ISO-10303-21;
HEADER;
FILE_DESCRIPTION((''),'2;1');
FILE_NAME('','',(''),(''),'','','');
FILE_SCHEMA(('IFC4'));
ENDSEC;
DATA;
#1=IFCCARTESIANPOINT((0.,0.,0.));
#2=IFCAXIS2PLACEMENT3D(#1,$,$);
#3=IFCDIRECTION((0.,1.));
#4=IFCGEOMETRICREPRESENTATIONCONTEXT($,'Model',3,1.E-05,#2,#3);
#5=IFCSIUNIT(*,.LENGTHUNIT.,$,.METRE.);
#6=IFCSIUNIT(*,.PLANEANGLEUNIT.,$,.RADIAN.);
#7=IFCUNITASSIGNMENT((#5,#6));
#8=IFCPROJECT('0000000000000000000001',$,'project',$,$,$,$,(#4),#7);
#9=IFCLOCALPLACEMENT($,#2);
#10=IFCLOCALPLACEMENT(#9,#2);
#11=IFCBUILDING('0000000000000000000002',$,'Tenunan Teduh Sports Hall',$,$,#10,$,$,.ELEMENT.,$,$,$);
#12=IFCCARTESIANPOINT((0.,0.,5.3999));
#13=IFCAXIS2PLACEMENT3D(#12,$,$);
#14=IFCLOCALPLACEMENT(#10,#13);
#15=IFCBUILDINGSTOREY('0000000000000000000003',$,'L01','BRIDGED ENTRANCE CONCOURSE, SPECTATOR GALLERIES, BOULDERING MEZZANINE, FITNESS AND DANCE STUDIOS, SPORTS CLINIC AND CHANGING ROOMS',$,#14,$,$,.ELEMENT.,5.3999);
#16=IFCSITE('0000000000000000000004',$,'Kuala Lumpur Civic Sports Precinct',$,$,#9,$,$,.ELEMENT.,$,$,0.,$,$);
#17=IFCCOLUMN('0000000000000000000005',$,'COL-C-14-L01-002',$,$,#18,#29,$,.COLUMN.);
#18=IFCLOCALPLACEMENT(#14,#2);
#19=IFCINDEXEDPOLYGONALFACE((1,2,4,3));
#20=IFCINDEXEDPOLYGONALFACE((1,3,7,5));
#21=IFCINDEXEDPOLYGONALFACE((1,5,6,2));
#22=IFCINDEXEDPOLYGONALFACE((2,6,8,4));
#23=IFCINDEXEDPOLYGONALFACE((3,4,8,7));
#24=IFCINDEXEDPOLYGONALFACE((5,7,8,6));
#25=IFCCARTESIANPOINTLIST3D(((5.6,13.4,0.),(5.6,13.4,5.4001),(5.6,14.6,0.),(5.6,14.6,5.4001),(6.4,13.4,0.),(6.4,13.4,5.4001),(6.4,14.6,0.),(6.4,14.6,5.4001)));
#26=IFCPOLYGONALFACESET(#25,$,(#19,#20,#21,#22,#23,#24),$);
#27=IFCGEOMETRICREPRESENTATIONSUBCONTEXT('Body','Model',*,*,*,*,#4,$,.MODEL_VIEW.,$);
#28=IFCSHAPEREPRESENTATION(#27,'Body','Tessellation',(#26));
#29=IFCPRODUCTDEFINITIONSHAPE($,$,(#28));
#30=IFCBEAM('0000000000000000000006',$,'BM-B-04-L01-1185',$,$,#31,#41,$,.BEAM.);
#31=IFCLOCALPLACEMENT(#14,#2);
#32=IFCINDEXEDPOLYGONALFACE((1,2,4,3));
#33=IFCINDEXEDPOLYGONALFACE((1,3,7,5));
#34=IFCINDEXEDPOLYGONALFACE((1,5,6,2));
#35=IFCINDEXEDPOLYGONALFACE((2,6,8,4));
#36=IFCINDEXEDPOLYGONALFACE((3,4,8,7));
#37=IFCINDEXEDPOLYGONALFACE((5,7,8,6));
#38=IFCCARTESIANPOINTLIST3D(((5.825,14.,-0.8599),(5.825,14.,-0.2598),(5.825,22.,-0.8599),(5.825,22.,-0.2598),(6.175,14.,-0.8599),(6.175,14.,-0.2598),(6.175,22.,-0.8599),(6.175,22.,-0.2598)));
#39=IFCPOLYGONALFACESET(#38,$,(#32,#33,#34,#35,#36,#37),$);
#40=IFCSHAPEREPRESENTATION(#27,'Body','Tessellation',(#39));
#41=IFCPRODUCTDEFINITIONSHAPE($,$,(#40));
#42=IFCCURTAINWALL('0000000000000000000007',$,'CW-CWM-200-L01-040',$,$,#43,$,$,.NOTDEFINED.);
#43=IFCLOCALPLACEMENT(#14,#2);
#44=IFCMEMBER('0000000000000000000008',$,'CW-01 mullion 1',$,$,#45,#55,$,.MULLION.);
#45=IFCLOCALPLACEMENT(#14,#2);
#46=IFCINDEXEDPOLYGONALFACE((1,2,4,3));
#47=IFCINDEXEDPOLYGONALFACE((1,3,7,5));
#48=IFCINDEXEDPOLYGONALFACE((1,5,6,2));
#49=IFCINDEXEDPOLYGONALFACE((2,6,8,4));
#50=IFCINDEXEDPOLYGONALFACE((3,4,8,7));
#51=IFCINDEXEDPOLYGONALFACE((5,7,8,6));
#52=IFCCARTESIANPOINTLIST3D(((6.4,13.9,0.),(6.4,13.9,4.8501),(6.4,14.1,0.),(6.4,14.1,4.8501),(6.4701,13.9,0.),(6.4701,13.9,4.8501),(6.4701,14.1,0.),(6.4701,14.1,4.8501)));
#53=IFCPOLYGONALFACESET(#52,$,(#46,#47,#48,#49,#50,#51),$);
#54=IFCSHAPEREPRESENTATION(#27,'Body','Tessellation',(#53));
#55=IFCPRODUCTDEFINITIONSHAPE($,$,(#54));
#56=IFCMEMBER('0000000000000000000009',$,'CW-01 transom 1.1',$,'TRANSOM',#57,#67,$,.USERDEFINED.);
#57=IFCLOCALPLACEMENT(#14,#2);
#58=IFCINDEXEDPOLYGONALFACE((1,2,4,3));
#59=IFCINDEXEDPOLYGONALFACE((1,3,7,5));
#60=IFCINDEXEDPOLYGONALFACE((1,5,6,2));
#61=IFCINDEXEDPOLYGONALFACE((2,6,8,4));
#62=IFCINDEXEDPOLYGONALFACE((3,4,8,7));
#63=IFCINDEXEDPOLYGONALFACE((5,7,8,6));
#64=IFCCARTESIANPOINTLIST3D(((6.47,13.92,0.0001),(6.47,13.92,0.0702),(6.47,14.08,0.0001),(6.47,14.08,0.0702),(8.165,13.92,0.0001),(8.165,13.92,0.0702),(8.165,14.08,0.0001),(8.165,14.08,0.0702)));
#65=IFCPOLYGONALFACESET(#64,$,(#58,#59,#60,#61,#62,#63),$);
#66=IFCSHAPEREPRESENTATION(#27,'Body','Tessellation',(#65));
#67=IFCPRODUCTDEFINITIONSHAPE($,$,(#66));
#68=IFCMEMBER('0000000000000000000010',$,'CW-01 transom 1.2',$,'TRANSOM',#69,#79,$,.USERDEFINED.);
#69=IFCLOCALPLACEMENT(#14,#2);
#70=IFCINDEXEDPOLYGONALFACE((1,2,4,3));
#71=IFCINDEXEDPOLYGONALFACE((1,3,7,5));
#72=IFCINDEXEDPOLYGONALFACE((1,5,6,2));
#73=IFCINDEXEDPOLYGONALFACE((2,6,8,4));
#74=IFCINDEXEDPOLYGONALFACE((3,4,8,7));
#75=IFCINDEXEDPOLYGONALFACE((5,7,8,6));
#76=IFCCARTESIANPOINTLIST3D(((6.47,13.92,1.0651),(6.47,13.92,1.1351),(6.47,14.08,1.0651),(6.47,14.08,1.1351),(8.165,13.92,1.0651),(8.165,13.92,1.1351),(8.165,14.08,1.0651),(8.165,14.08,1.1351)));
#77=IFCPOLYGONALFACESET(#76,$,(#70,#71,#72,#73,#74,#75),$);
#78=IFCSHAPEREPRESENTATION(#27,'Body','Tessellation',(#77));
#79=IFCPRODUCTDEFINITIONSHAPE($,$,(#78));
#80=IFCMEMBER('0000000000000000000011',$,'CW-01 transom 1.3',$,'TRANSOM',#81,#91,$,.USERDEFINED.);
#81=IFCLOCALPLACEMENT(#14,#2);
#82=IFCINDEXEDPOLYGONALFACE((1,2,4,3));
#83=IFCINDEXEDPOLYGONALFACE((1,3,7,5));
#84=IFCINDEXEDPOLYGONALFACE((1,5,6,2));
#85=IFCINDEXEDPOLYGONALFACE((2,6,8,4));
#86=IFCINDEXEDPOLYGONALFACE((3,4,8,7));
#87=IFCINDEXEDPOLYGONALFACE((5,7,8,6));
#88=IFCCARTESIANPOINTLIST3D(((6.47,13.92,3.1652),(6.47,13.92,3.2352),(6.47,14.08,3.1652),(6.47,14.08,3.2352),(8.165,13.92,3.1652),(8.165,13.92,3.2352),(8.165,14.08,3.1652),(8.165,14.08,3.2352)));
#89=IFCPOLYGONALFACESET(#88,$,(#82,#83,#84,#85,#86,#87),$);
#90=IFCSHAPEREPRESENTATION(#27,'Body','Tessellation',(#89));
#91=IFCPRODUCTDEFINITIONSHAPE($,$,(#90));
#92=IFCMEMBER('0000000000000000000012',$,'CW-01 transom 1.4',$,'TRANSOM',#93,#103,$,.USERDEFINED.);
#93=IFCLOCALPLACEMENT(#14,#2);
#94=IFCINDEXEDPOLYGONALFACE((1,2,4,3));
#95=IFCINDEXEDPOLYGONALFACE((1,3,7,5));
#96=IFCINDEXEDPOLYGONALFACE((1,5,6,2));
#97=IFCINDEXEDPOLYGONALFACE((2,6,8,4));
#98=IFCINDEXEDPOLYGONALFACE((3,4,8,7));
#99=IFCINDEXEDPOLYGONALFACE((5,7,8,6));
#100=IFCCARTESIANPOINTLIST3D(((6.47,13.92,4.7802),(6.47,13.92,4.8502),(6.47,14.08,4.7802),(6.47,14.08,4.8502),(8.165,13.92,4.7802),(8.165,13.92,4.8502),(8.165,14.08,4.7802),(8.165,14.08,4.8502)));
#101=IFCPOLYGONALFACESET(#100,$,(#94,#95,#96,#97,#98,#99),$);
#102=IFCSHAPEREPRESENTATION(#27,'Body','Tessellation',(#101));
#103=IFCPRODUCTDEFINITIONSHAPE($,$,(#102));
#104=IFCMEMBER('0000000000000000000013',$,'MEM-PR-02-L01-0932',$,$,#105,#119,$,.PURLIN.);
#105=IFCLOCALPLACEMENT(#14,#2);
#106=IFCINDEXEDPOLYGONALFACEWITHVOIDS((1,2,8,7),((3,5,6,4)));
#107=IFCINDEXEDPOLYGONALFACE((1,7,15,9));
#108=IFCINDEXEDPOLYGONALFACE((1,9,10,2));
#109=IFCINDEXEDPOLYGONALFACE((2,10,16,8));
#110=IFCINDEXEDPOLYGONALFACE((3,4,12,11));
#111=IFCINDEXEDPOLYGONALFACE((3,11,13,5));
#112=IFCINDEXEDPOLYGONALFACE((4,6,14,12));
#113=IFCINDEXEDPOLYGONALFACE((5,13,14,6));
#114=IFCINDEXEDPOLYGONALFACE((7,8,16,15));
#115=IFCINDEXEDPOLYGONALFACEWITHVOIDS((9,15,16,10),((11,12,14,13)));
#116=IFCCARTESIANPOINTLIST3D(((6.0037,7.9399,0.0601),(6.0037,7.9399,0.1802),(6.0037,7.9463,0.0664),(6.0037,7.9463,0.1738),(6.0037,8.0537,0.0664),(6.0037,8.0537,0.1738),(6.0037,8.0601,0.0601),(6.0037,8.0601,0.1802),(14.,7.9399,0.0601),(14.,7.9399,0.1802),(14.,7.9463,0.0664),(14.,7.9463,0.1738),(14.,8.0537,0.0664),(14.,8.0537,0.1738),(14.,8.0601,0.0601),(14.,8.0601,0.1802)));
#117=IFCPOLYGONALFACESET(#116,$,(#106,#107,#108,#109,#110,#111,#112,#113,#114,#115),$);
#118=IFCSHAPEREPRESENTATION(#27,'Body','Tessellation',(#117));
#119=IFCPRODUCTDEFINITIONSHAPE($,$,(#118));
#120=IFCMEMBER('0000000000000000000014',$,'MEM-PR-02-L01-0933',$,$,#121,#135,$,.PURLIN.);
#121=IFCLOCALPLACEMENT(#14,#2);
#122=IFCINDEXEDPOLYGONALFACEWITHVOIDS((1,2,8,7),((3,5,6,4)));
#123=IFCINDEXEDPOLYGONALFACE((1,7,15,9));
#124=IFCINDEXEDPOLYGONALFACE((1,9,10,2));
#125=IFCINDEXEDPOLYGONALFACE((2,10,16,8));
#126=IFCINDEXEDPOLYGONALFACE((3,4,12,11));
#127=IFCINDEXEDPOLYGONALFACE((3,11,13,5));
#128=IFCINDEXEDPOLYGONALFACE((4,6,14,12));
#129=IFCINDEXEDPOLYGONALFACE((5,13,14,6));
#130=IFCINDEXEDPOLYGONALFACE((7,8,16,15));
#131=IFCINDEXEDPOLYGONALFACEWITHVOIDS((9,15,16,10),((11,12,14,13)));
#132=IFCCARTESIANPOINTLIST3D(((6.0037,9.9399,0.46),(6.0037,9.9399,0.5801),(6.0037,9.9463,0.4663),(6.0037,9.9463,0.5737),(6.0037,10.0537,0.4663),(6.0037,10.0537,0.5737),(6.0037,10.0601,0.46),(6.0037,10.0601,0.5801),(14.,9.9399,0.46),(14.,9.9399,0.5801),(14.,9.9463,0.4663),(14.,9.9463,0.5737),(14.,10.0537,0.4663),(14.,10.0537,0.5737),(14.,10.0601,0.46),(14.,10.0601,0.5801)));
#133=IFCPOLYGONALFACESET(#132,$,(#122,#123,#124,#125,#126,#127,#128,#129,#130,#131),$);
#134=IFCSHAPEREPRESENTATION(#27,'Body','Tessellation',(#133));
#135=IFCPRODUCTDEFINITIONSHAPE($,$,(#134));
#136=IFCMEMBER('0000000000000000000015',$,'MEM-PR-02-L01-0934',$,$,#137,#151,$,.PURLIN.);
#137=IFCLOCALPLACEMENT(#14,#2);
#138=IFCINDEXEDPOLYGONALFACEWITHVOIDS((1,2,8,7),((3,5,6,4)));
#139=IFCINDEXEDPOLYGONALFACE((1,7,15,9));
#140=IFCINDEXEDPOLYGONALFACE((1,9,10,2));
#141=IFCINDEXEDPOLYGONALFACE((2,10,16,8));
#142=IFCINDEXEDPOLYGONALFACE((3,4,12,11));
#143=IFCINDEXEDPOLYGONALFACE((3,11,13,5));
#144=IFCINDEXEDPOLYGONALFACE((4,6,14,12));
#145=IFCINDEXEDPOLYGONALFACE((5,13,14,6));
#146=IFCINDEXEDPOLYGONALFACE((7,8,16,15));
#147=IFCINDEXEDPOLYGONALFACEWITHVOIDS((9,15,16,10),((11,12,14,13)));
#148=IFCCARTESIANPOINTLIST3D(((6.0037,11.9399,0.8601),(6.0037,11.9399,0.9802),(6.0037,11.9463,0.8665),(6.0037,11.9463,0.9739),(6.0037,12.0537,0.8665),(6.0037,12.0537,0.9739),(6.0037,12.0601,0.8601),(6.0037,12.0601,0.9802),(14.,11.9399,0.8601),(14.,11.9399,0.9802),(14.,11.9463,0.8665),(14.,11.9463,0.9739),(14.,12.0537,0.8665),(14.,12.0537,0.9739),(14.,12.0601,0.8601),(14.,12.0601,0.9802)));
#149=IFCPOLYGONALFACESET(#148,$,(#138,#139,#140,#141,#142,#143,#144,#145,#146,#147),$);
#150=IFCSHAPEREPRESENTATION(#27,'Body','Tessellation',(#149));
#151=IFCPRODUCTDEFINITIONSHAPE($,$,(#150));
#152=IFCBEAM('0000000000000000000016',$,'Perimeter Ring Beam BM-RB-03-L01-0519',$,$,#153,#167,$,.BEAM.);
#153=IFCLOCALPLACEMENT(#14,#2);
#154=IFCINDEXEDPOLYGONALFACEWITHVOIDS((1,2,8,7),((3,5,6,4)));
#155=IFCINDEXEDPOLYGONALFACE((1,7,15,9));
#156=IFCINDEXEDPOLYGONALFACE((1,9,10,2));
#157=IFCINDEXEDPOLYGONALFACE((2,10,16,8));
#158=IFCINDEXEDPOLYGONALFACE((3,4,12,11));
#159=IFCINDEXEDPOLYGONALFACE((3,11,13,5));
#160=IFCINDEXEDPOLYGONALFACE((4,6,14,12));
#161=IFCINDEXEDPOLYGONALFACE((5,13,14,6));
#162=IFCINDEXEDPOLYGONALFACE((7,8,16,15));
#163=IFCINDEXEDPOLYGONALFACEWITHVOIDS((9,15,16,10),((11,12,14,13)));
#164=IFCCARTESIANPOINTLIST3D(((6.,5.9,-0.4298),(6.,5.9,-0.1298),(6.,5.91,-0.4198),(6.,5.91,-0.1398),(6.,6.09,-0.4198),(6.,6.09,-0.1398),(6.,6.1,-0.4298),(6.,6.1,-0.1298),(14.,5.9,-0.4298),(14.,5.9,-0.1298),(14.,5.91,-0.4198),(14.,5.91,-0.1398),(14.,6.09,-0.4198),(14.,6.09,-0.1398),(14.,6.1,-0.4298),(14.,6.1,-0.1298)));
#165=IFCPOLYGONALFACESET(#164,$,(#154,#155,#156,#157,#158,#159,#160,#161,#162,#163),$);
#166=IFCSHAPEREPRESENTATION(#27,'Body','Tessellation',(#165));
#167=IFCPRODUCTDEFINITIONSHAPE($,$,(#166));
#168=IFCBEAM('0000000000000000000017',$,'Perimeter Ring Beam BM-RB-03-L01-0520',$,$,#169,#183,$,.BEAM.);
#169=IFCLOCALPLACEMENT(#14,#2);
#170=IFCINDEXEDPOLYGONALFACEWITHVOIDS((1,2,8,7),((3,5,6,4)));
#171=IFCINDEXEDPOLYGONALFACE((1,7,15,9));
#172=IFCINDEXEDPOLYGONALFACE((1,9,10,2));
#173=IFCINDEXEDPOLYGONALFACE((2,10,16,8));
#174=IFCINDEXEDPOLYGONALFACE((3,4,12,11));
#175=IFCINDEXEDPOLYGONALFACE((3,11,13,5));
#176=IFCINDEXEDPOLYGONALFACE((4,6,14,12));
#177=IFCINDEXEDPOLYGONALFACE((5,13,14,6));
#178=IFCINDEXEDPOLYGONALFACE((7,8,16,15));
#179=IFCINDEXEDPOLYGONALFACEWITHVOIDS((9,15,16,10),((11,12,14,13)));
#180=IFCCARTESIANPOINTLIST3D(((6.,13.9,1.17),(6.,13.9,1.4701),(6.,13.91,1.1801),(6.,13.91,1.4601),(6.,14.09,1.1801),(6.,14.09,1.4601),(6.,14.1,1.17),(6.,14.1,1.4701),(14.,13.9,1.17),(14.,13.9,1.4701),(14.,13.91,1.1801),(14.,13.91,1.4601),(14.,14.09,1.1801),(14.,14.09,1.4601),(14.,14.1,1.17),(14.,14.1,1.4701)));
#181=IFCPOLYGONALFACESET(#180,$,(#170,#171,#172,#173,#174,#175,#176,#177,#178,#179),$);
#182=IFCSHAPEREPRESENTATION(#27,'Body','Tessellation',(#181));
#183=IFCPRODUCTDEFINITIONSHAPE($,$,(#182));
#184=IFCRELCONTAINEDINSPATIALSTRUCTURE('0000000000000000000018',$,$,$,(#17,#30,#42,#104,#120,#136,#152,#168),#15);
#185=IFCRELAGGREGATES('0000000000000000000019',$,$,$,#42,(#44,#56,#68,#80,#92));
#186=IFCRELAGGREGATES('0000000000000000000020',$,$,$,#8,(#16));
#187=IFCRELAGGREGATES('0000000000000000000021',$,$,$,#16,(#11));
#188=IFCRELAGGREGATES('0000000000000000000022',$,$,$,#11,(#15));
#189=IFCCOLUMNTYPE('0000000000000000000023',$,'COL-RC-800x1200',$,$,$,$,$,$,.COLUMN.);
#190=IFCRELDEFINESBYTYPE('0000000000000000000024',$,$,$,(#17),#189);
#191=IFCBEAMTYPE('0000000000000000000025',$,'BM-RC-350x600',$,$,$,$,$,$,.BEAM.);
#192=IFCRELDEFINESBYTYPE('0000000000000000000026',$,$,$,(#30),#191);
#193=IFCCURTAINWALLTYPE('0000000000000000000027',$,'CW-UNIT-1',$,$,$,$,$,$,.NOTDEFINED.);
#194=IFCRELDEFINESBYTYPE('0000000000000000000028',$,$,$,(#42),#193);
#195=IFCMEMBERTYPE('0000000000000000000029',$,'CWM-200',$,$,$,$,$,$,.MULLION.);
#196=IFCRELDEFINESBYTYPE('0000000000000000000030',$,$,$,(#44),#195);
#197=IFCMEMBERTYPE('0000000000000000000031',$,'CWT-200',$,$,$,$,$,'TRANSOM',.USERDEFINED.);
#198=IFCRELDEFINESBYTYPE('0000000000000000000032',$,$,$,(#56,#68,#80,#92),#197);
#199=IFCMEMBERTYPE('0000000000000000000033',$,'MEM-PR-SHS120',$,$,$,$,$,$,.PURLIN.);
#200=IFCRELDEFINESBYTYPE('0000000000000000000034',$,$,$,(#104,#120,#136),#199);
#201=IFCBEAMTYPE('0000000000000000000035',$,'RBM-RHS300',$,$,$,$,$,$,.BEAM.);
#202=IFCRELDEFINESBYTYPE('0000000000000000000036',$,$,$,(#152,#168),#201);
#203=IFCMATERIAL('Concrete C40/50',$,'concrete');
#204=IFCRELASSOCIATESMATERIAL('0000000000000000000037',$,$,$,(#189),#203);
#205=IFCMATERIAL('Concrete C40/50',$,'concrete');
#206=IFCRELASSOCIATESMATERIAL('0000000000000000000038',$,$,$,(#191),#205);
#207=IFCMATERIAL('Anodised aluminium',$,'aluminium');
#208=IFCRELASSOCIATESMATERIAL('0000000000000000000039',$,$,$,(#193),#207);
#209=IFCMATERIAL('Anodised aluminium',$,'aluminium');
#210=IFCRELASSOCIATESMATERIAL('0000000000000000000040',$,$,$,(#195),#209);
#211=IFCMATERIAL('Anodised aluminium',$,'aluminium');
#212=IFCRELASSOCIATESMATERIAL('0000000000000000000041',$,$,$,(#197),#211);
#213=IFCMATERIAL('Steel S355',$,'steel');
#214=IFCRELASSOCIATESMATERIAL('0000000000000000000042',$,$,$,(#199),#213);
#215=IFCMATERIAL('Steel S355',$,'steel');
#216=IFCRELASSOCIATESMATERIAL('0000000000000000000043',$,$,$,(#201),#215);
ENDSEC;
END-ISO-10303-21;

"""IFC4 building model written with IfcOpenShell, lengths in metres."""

from ifc_helpers import new_model, si_unit, direction, frame, origin, origin_2d, place, context, subcontext, project, spatial, rectangle, hollow_rectangle, extrude, material, material_profile, profile_set, type_object, element, aggregate, save


model = new_model("IFC4")

# Units and contexts
model_context = context("Model", 3, precision=1e-05, world=origin(), true_north=direction((0.0, 1.0)))
body_context = subcontext(model_context, "Body", "Model", "MODEL_VIEW")
ifc_project = project(units=[si_unit("LENGTHUNIT", "METRE"), si_unit("PLANEANGLEUNIT", "RADIAN")], contexts=[model_context])

# Site, building, storey
site_placement = place(None, origin())
site = spatial("IfcSite", under=ifc_project, at=site_placement, Name="Kuala Lumpur Civic Sports Precinct", CompositionType="ELEMENT", RefElevation=0.0)
building_placement = place(site_placement, origin())
building = spatial("IfcBuilding", under=site, at=building_placement, Name="Tenunan Teduh Sports Hall", CompositionType="ELEMENT")
storey_placement = place(building_placement, frame((0.0, 0.0, 5.3999)))
storey = spatial("IfcBuildingStorey", under=building, at=storey_placement, Name="L01", Description="BRIDGED ENTRANCE CONCOURSE, SPECTATOR GALLERIES, BOULDERING MEZZANINE, FITNESS AND DANCE STUDIOS, SPORTS CLINIC AND CHANGING ROOMS", CompositionType="ELEMENT", Elevation=5.3999)

# Column
ifc_material_1 = material(Name="Concrete C40/50", Category="concrete")
ifc_material_profile_1 = material_profile(ifc_material_1, rectangle(XDim=0.8, YDim=1.2, at=origin_2d()), Name="RC 800x1200")
ifc_profile_set_1 = profile_set([ifc_material_profile_1], Name="Concrete C40/50")
column_type = type_object("IfcColumnType", Name="COL-RC-800x1200", PredefinedType="COLUMN", material=ifc_profile_set_1)
column_placement = place(storey_placement, frame((6.0, 14.0, 0.0), z_axis=(0.0, 0.0, 1.0), x_axis=(1.0, 0.0, 0.0)))
element("IfcColumn", 1, at=column_placement, inside=storey, type_object=column_type, Name="COL-C-14-L01-002", PredefinedType="COLUMN", context=body_context, shape_type="SweptSolid", body=[
    extrude(rectangle(XDim=0.8, YDim=1.2, at=origin_2d()), origin(), (0.0, 0.0, 1.0), 5.4001),
])

# Beam
ifc_material_2 = material(Name="Concrete C40/50", Category="concrete")
ifc_material_profile_2 = material_profile(ifc_material_2, rectangle(XDim=0.3501, YDim=0.6001, at=origin_2d()), Name="RCB 350x600")
ifc_profile_set_2 = profile_set([ifc_material_profile_2], Name="Concrete C40/50")
beam_type_1 = type_object("IfcBeamType", Name="BM-RC-350x600", PredefinedType="BEAM", material=ifc_profile_set_2)
beam_1_placement = place(storey_placement, frame((6.0, 14.0, -0.5598), z_axis=(0.0, 1.0, 0.0), x_axis=(-1.0, 0.0, 0.0)))
element("IfcBeam", 2, at=beam_1_placement, inside=storey, type_object=beam_type_1, Name="BM-B-04-L01-1185", PredefinedType="BEAM", context=body_context, shape_type="SweptSolid", body=[
    extrude(rectangle(XDim=0.3501, YDim=0.6001, at=origin_2d()), origin(), (0.0, 0.0, 1.0), 8.0),
])

# Curtain wall, members
ifc_material_3 = material(Name="Anodised aluminium", Category="aluminium")
curtain_wall_type = type_object("IfcCurtainWallType", Name="CW-UNIT-1", PredefinedType="NOTDEFINED", material=ifc_material_3)
curtain_wall_placement = place(storey_placement, origin())
curtain_wall = element("IfcCurtainWall", 3, at=curtain_wall_placement, inside=storey, type_object=curtain_wall_type, Name="CW-CWM-200-L01-040", PredefinedType="NOTDEFINED")
ifc_material_4 = material(Name="Anodised aluminium", Category="aluminium")
ifc_material_profile_3 = material_profile(ifc_material_4, rectangle(XDim=0.0701, YDim=0.2, at=origin_2d()), Name="CWM 70x200")
ifc_profile_set_3 = profile_set([ifc_material_profile_3], Name="Anodised aluminium")
member_type_1 = type_object("IfcMemberType", Name="CWM-200", PredefinedType="MULLION", material=ifc_profile_set_3)
member_1_placement = place(storey_placement, frame((6.4351, 14.0, 0.0), z_axis=(0.0, 0.0, 1.0), x_axis=(1.0, 0.0, 0.0)))
member_1 = element("IfcMember", 4, at=member_1_placement, type_object=member_type_1, Name="CW-01 mullion 1", PredefinedType="MULLION", context=body_context, shape_type="SweptSolid", body=[
    extrude(rectangle(XDim=0.0701, YDim=0.2, at=origin_2d()), origin(), (0.0, 0.0, 1.0), 4.8501),
])
ifc_material_5 = material(Name="Anodised aluminium", Category="aluminium")
ifc_material_profile_4 = material_profile(ifc_material_5, rectangle(XDim=0.0701, YDim=0.1599, at=origin_2d()), Name="CWT 70x160")
ifc_profile_set_4 = profile_set([ifc_material_profile_4], Name="Anodised aluminium")
member_type_2 = type_object("IfcMemberType", Name="CWT-200", ElementType="TRANSOM", PredefinedType="USERDEFINED", material=ifc_profile_set_4)
member_2_placement = place(storey_placement, frame((6.47, 14.0, 0.0352), z_axis=(1.0, 0.0, 0.0), x_axis=(0.0, 0.0, 1.0)))
member_2 = element("IfcMember", 5, at=member_2_placement, type_object=member_type_2, Name="CW-01 transom 1.1", ObjectType="TRANSOM", PredefinedType="USERDEFINED", context=body_context, shape_type="SweptSolid", body=[
    extrude(rectangle(XDim=0.0701, YDim=0.1599, at=origin_2d()), origin(), (0.0, 0.0, 1.0), 1.6951),
])
member_3_placement = place(storey_placement, frame((6.47, 14.0, 1.1001), z_axis=(1.0, 0.0, 0.0), x_axis=(0.0, 0.0, 1.0)))
member_3 = element("IfcMember", 6, at=member_3_placement, type_object=member_type_2, Name="CW-01 transom 1.2", ObjectType="TRANSOM", PredefinedType="USERDEFINED", context=body_context, shape_type="SweptSolid", body=[
    extrude(rectangle(XDim=0.0701, YDim=0.1599, at=origin_2d()), origin(), (0.0, 0.0, 1.0), 1.6951),
])
member_4_placement = place(storey_placement, frame((6.47, 14.0, 3.2002), z_axis=(1.0, 0.0, 0.0), x_axis=(0.0, 0.0, 1.0)))
member_4 = element("IfcMember", 7, at=member_4_placement, type_object=member_type_2, Name="CW-01 transom 1.3", ObjectType="TRANSOM", PredefinedType="USERDEFINED", context=body_context, shape_type="SweptSolid", body=[
    extrude(rectangle(XDim=0.0701, YDim=0.1599, at=origin_2d()), origin(), (0.0, 0.0, 1.0), 1.6951),
])
member_5_placement = place(storey_placement, frame((6.47, 14.0, 4.8152), z_axis=(1.0, 0.0, 0.0), x_axis=(0.0, 0.0, 1.0)))
member_5 = element("IfcMember", 8, at=member_5_placement, type_object=member_type_2, Name="CW-01 transom 1.4", ObjectType="TRANSOM", PredefinedType="USERDEFINED", context=body_context, shape_type="SweptSolid", body=[
    extrude(rectangle(XDim=0.0701, YDim=0.1599, at=origin_2d()), origin(), (0.0, 0.0, 1.0), 1.6951),
])
aggregate(curtain_wall, [member_1, member_2, member_3, member_4, member_5])

# Members
ifc_material_6 = material(Name="Steel S355", Category="steel")
ifc_material_profile_5 = material_profile(ifc_material_6, hollow_rectangle(XDim=0.1201, YDim=0.1201, WallThickness=0.0063, at=origin_2d()), Name="SHS 120x120x6.3")
ifc_profile_set_5 = profile_set([ifc_material_profile_5], Name="Steel S355")
member_type_3 = type_object("IfcMemberType", Name="MEM-PR-SHS120", PredefinedType="PURLIN", material=ifc_profile_set_5)
for number, where, z_axis, x_axis, name in (
    (9, (6.0037, 8.0, 0.1201), (1.0, 0.0, 0.0), (0.0, 1.0, 0.0), "MEM-PR-02-L01-0932"),
    (10, (6.0037, 10.0, 0.52), (1.0, 0.0, 0.0), (0.0, 1.0, 0.0), "MEM-PR-02-L01-0933"),
    (11, (6.0037, 12.0, 0.9202), (1.0, 0.0, 0.0), (0.0, 1.0, 0.0), "MEM-PR-02-L01-0934"),
):
    element("IfcMember", number, at=place(storey_placement, frame(where, z_axis=z_axis, x_axis=x_axis)), inside=storey, type_object=member_type_3, Name=name, PredefinedType="PURLIN", context=body_context, shape_type="SweptSolid", body=[
        extrude(hollow_rectangle(XDim=0.1201, YDim=0.1201, WallThickness=0.0063, at=origin_2d()), origin(), (0.0, 0.0, 1.0), 7.9963),
    ])

# Beams
ifc_material_7 = material(Name="Steel S355", Category="steel")
ifc_material_profile_6 = material_profile(ifc_material_7, hollow_rectangle(XDim=0.2, YDim=0.3, WallThickness=0.01, at=origin_2d()), Name="RHS 300x200x10.0")
ifc_profile_set_6 = profile_set([ifc_material_profile_6], Name="Steel S355")
beam_type_2 = type_object("IfcBeamType", Name="RBM-RHS300", PredefinedType="BEAM", material=ifc_profile_set_6)
for number, where, z_axis, x_axis, name in (
    (12, (6.0, 6.0, -0.2798), (1.0, 0.0, 0.0), (0.0, 1.0, 0.0), "Perimeter Ring Beam BM-RB-03-L01-0519"),
    (13, (6.0, 14.0, 1.3201), (1.0, 0.0, 0.0), (0.0, 1.0, 0.0), "Perimeter Ring Beam BM-RB-03-L01-0520"),
):
    element("IfcBeam", number, at=place(storey_placement, frame(where, z_axis=z_axis, x_axis=x_axis)), inside=storey, type_object=beam_type_2, Name=name, PredefinedType="BEAM", context=body_context, shape_type="SweptSolid", body=[
        extrude(hollow_rectangle(XDim=0.2, YDim=0.3, WallThickness=0.01, at=origin_2d()), origin(), (0.0, 0.0, 1.0), 8.0),
    ])

save(model, "model.ifc")
